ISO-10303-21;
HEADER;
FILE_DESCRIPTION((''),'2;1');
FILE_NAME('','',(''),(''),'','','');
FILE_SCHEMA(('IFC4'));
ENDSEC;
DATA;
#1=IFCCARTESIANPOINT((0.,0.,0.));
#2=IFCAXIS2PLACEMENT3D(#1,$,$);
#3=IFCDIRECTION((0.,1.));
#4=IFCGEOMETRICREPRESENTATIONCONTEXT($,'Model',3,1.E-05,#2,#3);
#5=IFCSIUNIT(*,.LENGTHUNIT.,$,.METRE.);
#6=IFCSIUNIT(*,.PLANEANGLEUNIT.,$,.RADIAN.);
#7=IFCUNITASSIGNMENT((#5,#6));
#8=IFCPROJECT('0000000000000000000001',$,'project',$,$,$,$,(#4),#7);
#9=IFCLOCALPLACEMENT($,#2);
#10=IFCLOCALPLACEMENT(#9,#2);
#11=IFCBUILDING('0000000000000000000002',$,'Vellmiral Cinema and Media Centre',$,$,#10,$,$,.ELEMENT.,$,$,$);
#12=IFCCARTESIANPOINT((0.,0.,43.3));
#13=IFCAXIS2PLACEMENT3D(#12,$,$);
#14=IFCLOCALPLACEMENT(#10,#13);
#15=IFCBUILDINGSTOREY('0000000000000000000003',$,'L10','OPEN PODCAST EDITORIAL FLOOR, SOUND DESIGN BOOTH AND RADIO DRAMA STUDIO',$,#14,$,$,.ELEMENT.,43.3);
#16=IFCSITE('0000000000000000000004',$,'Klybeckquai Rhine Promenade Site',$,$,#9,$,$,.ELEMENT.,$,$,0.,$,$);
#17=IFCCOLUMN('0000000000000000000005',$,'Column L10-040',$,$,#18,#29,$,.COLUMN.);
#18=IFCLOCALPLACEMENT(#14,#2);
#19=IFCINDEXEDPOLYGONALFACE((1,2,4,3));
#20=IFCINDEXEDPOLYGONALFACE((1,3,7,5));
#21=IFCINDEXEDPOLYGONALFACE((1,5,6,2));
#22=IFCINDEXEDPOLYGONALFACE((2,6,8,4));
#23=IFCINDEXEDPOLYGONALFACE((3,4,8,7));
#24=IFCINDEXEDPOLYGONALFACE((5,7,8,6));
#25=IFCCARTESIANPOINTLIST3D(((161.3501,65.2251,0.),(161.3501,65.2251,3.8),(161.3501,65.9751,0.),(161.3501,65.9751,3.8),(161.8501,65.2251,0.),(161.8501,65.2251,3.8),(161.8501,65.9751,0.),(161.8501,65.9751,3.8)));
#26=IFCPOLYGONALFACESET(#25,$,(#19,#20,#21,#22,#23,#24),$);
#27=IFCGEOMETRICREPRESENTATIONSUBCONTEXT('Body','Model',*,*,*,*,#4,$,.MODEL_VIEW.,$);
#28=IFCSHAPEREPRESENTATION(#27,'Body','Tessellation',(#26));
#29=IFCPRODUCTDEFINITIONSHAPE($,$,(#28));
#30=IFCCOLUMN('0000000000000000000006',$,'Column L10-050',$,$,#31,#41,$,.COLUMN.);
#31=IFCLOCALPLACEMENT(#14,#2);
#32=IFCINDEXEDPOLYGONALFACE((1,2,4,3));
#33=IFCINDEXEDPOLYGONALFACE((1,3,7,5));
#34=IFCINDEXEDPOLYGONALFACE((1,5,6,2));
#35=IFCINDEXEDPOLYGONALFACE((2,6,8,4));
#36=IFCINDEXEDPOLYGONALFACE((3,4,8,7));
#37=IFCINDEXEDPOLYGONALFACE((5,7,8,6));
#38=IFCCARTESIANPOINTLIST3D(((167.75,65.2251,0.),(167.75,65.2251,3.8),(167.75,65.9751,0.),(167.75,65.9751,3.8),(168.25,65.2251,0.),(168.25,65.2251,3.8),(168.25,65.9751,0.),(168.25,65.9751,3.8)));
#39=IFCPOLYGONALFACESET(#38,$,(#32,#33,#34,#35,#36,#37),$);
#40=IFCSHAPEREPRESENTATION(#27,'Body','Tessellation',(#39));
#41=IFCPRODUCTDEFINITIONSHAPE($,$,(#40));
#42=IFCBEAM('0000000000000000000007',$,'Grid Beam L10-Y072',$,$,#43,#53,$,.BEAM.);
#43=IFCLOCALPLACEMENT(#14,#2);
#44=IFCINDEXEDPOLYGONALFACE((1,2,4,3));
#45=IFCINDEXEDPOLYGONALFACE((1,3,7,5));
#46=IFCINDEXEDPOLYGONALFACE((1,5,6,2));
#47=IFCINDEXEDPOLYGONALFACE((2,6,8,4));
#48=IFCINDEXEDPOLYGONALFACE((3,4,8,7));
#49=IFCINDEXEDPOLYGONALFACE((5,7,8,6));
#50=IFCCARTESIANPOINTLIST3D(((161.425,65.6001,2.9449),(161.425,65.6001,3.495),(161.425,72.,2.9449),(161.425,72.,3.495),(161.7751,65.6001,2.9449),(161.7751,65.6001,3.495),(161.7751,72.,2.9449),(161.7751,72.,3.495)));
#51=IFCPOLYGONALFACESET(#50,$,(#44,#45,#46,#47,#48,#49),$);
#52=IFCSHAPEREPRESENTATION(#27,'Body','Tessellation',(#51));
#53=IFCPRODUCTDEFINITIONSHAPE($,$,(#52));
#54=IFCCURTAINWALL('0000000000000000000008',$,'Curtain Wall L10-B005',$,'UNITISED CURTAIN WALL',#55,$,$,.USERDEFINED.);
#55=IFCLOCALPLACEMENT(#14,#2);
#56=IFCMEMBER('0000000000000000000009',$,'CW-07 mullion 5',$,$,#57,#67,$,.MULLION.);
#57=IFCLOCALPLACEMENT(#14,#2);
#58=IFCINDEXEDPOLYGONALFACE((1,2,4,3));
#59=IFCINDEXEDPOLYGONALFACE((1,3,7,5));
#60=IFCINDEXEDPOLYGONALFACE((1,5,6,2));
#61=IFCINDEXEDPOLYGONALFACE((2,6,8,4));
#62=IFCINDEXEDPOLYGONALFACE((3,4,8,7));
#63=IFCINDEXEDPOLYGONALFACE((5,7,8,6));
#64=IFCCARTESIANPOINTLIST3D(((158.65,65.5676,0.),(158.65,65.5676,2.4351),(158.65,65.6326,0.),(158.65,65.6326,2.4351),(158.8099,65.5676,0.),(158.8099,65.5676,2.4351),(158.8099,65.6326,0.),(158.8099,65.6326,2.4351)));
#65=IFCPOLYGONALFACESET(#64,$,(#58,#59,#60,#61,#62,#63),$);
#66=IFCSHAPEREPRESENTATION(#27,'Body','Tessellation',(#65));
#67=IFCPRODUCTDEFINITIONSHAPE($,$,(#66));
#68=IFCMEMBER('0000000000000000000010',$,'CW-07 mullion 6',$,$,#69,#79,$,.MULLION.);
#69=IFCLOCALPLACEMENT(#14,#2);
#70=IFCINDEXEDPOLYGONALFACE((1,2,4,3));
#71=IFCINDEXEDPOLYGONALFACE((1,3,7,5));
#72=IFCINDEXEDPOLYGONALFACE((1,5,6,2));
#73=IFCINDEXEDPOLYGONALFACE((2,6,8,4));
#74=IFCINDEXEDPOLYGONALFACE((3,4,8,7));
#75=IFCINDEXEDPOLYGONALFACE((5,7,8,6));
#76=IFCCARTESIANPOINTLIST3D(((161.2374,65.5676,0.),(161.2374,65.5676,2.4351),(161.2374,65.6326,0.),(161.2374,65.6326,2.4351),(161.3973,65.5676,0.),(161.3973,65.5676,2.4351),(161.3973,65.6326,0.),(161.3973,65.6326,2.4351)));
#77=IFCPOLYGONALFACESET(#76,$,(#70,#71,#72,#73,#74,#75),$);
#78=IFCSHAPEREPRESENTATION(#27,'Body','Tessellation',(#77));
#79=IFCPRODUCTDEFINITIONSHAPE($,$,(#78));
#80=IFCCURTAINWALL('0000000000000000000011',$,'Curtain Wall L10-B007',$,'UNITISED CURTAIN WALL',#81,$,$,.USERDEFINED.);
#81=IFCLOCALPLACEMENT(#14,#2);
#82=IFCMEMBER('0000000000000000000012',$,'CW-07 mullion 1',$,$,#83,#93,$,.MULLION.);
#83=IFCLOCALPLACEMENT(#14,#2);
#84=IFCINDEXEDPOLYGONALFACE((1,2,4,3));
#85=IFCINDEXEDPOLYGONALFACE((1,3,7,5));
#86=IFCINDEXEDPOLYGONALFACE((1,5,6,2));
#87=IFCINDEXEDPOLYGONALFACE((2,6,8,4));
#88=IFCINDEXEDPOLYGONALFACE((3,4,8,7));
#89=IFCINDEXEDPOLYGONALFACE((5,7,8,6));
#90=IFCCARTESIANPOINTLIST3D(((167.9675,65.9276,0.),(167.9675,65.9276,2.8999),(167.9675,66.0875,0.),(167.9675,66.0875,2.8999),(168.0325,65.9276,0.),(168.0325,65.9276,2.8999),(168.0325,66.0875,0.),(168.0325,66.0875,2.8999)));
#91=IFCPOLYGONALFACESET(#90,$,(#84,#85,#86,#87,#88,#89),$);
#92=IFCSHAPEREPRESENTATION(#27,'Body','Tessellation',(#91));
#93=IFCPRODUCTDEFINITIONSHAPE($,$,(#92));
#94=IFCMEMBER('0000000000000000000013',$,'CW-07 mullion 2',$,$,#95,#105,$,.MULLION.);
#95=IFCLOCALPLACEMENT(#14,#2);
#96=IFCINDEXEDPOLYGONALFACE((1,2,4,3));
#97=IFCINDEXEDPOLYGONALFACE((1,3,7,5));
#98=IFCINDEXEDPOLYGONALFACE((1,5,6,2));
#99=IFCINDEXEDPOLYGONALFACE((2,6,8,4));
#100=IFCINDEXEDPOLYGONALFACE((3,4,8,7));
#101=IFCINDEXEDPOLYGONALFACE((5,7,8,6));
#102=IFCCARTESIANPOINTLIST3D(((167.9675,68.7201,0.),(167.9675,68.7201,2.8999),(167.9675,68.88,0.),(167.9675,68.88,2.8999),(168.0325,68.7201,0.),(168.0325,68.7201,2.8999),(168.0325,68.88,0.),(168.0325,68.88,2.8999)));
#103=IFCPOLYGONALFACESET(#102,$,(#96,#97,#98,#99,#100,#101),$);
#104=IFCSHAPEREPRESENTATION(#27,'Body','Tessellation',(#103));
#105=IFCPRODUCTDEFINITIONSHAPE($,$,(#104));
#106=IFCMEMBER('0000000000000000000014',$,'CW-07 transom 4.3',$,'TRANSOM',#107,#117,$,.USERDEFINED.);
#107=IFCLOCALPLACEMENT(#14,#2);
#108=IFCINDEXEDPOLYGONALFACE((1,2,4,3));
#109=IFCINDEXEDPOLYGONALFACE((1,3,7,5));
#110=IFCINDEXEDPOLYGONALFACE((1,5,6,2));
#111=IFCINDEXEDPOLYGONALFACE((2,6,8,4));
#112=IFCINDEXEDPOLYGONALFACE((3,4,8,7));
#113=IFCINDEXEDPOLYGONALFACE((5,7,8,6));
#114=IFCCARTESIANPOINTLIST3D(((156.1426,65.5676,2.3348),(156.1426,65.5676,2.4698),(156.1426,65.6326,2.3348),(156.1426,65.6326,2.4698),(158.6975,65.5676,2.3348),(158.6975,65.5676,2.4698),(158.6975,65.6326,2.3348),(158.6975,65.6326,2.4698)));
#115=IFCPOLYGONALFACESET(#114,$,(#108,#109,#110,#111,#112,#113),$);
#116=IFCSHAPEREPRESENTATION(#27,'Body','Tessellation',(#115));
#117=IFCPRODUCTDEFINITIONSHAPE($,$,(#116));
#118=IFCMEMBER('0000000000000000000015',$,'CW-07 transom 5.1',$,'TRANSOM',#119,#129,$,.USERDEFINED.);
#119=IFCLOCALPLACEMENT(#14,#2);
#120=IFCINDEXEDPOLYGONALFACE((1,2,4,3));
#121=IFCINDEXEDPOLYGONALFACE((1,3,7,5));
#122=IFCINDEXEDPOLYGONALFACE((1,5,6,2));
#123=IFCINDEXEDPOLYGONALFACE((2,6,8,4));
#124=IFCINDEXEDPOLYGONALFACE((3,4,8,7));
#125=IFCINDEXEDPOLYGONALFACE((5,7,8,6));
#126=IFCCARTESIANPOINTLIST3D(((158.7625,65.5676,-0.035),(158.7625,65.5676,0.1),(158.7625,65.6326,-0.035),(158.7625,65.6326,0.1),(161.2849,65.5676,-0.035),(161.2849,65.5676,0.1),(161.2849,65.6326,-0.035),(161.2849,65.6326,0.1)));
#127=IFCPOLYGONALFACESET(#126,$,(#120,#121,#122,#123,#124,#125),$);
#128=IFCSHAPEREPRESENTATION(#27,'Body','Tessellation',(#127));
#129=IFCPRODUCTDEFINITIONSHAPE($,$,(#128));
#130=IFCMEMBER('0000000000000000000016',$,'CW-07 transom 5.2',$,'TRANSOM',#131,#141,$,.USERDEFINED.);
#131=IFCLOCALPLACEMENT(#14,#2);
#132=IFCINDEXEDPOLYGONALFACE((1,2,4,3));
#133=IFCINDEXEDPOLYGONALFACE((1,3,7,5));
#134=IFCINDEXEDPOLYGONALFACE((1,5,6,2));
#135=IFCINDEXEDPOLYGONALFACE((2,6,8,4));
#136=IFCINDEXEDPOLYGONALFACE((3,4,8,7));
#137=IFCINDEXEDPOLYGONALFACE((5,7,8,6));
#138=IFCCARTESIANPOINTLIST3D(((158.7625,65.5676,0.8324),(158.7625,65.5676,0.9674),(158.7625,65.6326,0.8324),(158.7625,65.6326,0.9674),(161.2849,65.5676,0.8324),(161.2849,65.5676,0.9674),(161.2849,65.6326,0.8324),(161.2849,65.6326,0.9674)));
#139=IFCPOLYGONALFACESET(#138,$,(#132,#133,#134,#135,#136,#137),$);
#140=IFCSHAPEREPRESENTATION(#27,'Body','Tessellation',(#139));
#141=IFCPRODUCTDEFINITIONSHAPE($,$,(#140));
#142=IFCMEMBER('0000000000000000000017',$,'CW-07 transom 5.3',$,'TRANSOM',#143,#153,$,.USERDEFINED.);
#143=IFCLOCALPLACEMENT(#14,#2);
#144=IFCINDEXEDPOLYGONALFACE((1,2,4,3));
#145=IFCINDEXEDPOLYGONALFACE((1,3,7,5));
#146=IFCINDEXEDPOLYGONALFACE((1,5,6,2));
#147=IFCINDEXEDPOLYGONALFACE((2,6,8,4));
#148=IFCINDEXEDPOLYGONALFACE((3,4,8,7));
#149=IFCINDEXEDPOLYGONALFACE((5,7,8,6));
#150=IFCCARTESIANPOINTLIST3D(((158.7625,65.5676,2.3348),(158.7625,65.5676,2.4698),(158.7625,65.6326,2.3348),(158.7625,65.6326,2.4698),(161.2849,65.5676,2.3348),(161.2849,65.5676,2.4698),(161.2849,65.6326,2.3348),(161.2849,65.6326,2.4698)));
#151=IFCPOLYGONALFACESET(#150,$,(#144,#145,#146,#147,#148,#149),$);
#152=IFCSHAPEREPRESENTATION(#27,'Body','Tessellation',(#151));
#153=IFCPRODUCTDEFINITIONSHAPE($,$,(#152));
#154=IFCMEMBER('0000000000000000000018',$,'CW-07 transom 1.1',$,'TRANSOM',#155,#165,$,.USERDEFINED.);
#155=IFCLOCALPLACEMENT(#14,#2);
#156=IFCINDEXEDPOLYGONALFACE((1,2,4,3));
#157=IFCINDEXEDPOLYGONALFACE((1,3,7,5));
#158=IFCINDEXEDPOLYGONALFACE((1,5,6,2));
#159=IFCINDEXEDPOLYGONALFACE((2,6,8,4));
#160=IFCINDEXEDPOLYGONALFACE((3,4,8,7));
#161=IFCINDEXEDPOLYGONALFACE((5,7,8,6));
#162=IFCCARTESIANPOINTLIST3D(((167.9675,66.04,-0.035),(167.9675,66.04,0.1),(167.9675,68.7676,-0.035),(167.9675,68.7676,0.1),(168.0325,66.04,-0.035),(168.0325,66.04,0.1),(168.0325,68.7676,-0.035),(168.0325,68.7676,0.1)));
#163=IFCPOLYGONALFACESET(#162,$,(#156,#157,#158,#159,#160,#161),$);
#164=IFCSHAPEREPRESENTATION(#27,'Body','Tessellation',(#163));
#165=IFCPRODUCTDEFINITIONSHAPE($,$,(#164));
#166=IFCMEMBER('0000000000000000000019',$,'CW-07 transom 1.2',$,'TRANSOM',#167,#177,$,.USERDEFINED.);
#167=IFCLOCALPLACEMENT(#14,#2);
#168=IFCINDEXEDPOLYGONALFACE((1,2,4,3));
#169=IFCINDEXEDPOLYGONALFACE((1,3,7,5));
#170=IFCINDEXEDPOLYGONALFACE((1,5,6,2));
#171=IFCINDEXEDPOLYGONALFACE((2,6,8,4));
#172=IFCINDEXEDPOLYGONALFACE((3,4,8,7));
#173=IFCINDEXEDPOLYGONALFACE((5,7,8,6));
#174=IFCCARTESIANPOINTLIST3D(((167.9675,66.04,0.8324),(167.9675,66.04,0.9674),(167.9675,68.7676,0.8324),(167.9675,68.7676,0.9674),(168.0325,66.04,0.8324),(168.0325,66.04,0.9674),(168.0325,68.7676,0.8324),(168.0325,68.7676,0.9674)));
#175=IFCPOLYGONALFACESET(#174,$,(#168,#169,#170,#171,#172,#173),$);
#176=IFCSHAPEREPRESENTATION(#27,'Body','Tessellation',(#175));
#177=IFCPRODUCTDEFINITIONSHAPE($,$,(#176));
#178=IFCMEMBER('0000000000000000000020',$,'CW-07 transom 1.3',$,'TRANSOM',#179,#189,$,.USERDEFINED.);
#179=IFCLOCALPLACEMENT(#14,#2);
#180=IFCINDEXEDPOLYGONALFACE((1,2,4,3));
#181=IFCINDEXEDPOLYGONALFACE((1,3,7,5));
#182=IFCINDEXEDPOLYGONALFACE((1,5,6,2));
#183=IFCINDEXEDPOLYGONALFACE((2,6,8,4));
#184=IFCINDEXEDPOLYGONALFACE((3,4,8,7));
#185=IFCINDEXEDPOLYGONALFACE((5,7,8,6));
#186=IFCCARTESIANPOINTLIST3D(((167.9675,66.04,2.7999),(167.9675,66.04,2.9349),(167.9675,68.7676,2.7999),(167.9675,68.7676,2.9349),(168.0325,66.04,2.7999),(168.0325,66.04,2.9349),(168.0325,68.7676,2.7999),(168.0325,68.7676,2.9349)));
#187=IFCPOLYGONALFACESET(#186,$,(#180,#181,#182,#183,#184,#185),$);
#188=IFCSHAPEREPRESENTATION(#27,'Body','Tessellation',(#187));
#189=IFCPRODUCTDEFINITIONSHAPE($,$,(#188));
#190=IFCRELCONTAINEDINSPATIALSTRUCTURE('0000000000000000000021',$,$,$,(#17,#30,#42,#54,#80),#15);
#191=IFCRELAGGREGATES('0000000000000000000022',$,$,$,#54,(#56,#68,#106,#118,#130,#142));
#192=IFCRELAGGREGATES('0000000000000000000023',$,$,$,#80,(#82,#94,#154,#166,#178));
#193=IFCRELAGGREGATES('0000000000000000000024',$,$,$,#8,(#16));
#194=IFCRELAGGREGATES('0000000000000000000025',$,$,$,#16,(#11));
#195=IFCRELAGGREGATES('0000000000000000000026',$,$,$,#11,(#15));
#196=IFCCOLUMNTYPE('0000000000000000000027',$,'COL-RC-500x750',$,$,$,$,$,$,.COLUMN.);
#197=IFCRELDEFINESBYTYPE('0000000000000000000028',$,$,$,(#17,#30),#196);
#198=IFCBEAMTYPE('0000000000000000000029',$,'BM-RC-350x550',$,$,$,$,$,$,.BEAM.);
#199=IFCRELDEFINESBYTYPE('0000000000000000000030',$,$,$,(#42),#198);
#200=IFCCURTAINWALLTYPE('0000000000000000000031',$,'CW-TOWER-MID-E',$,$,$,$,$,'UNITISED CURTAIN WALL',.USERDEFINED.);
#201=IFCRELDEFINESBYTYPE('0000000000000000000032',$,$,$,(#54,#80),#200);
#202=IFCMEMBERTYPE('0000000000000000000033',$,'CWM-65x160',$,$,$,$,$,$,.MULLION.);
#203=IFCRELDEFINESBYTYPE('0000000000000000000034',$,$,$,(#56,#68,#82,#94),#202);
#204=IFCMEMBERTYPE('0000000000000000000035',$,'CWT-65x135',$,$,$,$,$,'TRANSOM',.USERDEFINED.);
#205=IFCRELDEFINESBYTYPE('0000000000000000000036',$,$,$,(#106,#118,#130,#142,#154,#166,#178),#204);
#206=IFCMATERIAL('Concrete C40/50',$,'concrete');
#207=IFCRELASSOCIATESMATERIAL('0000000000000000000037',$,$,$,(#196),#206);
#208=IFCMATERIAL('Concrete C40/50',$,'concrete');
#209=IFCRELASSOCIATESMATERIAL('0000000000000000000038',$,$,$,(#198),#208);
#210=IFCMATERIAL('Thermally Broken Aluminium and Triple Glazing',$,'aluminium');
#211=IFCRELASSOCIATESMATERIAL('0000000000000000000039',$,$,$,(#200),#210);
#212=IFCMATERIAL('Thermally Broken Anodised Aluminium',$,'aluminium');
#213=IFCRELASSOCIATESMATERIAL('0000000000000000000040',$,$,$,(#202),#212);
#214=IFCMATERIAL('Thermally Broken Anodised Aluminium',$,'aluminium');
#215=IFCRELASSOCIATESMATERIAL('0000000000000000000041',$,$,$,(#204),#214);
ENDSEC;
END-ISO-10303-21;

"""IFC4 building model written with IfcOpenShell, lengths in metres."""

from ifc_helpers import new_model, si_unit, direction, frame, origin, origin_2d, place, context, subcontext, project, spatial, rectangle, extrude, material, material_profile, profile_set, type_object, element, aggregate, save


model = new_model("IFC4")

# Units and contexts
model_context = context("Model", 3, precision=1e-05, world=origin(), true_north=direction((0.0, 1.0)))
body_context = subcontext(model_context, "Body", "Model", "MODEL_VIEW")
ifc_project = project(units=[si_unit("LENGTHUNIT", "METRE"), si_unit("PLANEANGLEUNIT", "RADIAN")], contexts=[model_context])

# Site, building, storey
site_placement = place(None, origin())
site = spatial("IfcSite", under=ifc_project, at=site_placement, Name="Klybeckquai Rhine Promenade Site", CompositionType="ELEMENT", RefElevation=0.0)
building_placement = place(site_placement, origin())
building = spatial("IfcBuilding", under=site, at=building_placement, Name="Vellmiral Cinema and Media Centre", CompositionType="ELEMENT")
storey_placement = place(building_placement, frame((0.0, 0.0, 43.3)))
storey = spatial("IfcBuildingStorey", under=building, at=storey_placement, Name="L10", Description="OPEN PODCAST EDITORIAL FLOOR, SOUND DESIGN BOOTH AND RADIO DRAMA STUDIO", CompositionType="ELEMENT", Elevation=43.3)

# Columns
ifc_material_1 = material(Name="Concrete C40/50", Category="concrete")
ifc_material_profile_1 = material_profile(ifc_material_1, rectangle(XDim=0.5, YDim=0.75, at=origin_2d()), Name="RC 500x750")
ifc_profile_set_1 = profile_set([ifc_material_profile_1], Name="Concrete C40/50")
column_type = type_object("IfcColumnType", Name="COL-RC-500x750", PredefinedType="COLUMN", material=ifc_profile_set_1)
for number, where, z_axis, x_axis, name in (
    (1, (161.6001, 65.6001, 0.0), (0.0, 0.0, 1.0), (1.0, 0.0, 0.0), "Column L10-040"),
    (2, (168.0, 65.6001, 0.0), (0.0, 0.0, 1.0), (1.0, 0.0, 0.0), "Column L10-050"),
):
    element("IfcColumn", number, at=place(storey_placement, frame(where, z_axis=z_axis, x_axis=x_axis)), inside=storey, type_object=column_type, Name=name, PredefinedType="COLUMN", context=body_context, shape_type="SweptSolid", body=[
        extrude(rectangle(XDim=0.5, YDim=0.75, at=origin_2d()), origin(), (0.0, 0.0, 1.0), 3.8),
    ])

# Beam
ifc_material_2 = material(Name="Concrete C40/50", Category="concrete")
ifc_material_profile_2 = material_profile(ifc_material_2, rectangle(XDim=0.3501, YDim=0.55, at=origin_2d()), Name="RC 350x550")
ifc_profile_set_2 = profile_set([ifc_material_profile_2], Name="Concrete C40/50")
beam_type_1 = type_object("IfcBeamType", Name="BM-RC-350x550", PredefinedType="BEAM", material=ifc_profile_set_2)
beam_1_placement = place(storey_placement, frame((161.6001, 65.6001, 3.22), z_axis=(0.0, 1.0, 0.0), x_axis=(-1.0, 0.0, 0.0)))
element("IfcBeam", 3, at=beam_1_placement, inside=storey, type_object=beam_type_1, Name="Grid Beam L10-Y072", PredefinedType="BEAM", context=body_context, shape_type="SweptSolid", body=[
    extrude(rectangle(XDim=0.3501, YDim=0.55, at=origin_2d()), origin(), (0.0, 0.0, 1.0), 6.3999),
])

# Curtain walls, members
ifc_material_3 = material(Name="Thermally Broken Aluminium and Triple Glazing", Category="aluminium")
curtain_wall_type = type_object("IfcCurtainWallType", Name="CW-TOWER-MID-E", ElementType="UNITISED CURTAIN WALL", PredefinedType="USERDEFINED", material=ifc_material_3)
curtain_wall_1_placement = place(storey_placement, origin())
curtain_wall_1 = element("IfcCurtainWall", 4, at=curtain_wall_1_placement, inside=storey, type_object=curtain_wall_type, Name="Curtain Wall L10-B005", ObjectType="UNITISED CURTAIN WALL", PredefinedType="USERDEFINED")
ifc_material_4 = material(Name="Thermally Broken Anodised Aluminium", Category="aluminium")
ifc_material_profile_3 = material_profile(ifc_material_4, rectangle(XDim=0.0649, YDim=0.1599, at=origin_2d()), Name="MULL 65x160")
ifc_profile_set_3 = profile_set([ifc_material_profile_3], Name="Thermally Broken Anodised Aluminium")
member_type_1 = type_object("IfcMemberType", Name="CWM-65x160", PredefinedType="MULLION", material=ifc_profile_set_3)
member_1_placement = place(storey_placement, frame((158.73, 65.6001, 0.0), z_axis=(0.0, 0.0, 1.0), x_axis=(0.0, 1.0, 0.0)))
member_1 = element("IfcMember", 5, at=member_1_placement, type_object=member_type_1, Name="CW-07 mullion 5", PredefinedType="MULLION", context=body_context, shape_type="SweptSolid", body=[
    extrude(rectangle(XDim=0.0649, YDim=0.1599, at=origin_2d()), origin(), (0.0, 0.0, 1.0), 2.4351),
])
member_2_placement = place(storey_placement, frame((161.3174, 65.6001, 0.0), z_axis=(0.0, 0.0, 1.0), x_axis=(0.0, 1.0, 0.0)))
member_2 = element("IfcMember", 6, at=member_2_placement, type_object=member_type_1, Name="CW-07 mullion 6", PredefinedType="MULLION", context=body_context, shape_type="SweptSolid", body=[
    extrude(rectangle(XDim=0.0649, YDim=0.1599, at=origin_2d()), origin(), (0.0, 0.0, 1.0), 2.4351),
])
curtain_wall_2_placement = place(storey_placement, origin())
curtain_wall_2 = element("IfcCurtainWall", 7, at=curtain_wall_2_placement, inside=storey, type_object=curtain_wall_type, Name="Curtain Wall L10-B007", ObjectType="UNITISED CURTAIN WALL", PredefinedType="USERDEFINED")
member_3_placement = place(storey_placement, frame((168.0, 66.0076, 0.0), z_axis=(0.0, 0.0, 1.0), x_axis=(-1.0, 0.0, 0.0)))
member_3 = element("IfcMember", 8, at=member_3_placement, type_object=member_type_1, Name="CW-07 mullion 1", PredefinedType="MULLION", context=body_context, shape_type="SweptSolid", body=[
    extrude(rectangle(XDim=0.0649, YDim=0.1599, at=origin_2d()), origin(), (0.0, 0.0, 1.0), 2.8999),
])
member_4_placement = place(storey_placement, frame((168.0, 68.8, 0.0), z_axis=(0.0, 0.0, 1.0), x_axis=(-1.0, 0.0, 0.0)))
member_4 = element("IfcMember", 9, at=member_4_placement, type_object=member_type_1, Name="CW-07 mullion 2", PredefinedType="MULLION", context=body_context, shape_type="SweptSolid", body=[
    extrude(rectangle(XDim=0.0649, YDim=0.1599, at=origin_2d()), origin(), (0.0, 0.0, 1.0), 2.8999),
])

# Members
ifc_material_5 = material(Name="Thermally Broken Anodised Aluminium", Category="aluminium")
ifc_material_profile_4 = material_profile(ifc_material_5, rectangle(XDim=0.0649, YDim=0.135, at=origin_2d()), Name="MULL 65x135")
ifc_profile_set_4 = profile_set([ifc_material_profile_4], Name="Thermally Broken Anodised Aluminium")
member_type_2 = type_object("IfcMemberType", Name="CWT-65x135", ElementType="TRANSOM", PredefinedType="USERDEFINED", material=ifc_profile_set_4)
member_5_placement = place(storey_placement, frame((156.1426, 65.6001, 2.4023), z_axis=(1.0, 0.0, 0.0), x_axis=(0.0, 1.0, 0.0)))
member_5 = element("IfcMember", 10, at=member_5_placement, type_object=member_type_2, Name="CW-07 transom 4.3", ObjectType="TRANSOM", PredefinedType="USERDEFINED", context=body_context, shape_type="SweptSolid", body=[
    extrude(rectangle(XDim=0.0649, YDim=0.135, at=origin_2d()), origin(), (0.0, 0.0, 1.0), 2.5549),
])
member_6_placement = place(storey_placement, frame((158.7625, 65.6001, 0.0325), z_axis=(1.0, 0.0, 0.0), x_axis=(0.0, 1.0, 0.0)))
member_6 = element("IfcMember", 11, at=member_6_placement, type_object=member_type_2, Name="CW-07 transom 5.1", ObjectType="TRANSOM", PredefinedType="USERDEFINED", context=body_context, shape_type="SweptSolid", body=[
    extrude(rectangle(XDim=0.0649, YDim=0.135, at=origin_2d()), origin(), (0.0, 0.0, 1.0), 2.5225),
])
member_7_placement = place(storey_placement, frame((158.7625, 65.6001, 0.8999), z_axis=(1.0, 0.0, 0.0), x_axis=(0.0, 1.0, 0.0)))
member_7 = element("IfcMember", 12, at=member_7_placement, type_object=member_type_2, Name="CW-07 transom 5.2", ObjectType="TRANSOM", PredefinedType="USERDEFINED", context=body_context, shape_type="SweptSolid", body=[
    extrude(rectangle(XDim=0.0649, YDim=0.135, at=origin_2d()), origin(), (0.0, 0.0, 1.0), 2.5225),
])
member_8_placement = place(storey_placement, frame((158.7625, 65.6001, 2.4023), z_axis=(1.0, 0.0, 0.0), x_axis=(0.0, 1.0, 0.0)))
member_8 = element("IfcMember", 13, at=member_8_placement, type_object=member_type_2, Name="CW-07 transom 5.3", ObjectType="TRANSOM", PredefinedType="USERDEFINED", context=body_context, shape_type="SweptSolid", body=[
    extrude(rectangle(XDim=0.0649, YDim=0.135, at=origin_2d()), origin(), (0.0, 0.0, 1.0), 2.5225),
])
member_9_placement = place(storey_placement, frame((168.0, 66.04, 0.0325), z_axis=(0.0, 1.0, 0.0), x_axis=(-1.0, 0.0, 0.0)))
member_9 = element("IfcMember", 14, at=member_9_placement, type_object=member_type_2, Name="CW-07 transom 1.1", ObjectType="TRANSOM", PredefinedType="USERDEFINED", context=body_context, shape_type="SweptSolid", body=[
    extrude(rectangle(XDim=0.0649, YDim=0.135, at=origin_2d()), origin(), (0.0, 0.0, 1.0), 2.7275),
])
member_10_placement = place(storey_placement, frame((168.0, 66.04, 0.8999), z_axis=(0.0, 1.0, 0.0), x_axis=(-1.0, 0.0, 0.0)))
member_10 = element("IfcMember", 15, at=member_10_placement, type_object=member_type_2, Name="CW-07 transom 1.2", ObjectType="TRANSOM", PredefinedType="USERDEFINED", context=body_context, shape_type="SweptSolid", body=[
    extrude(rectangle(XDim=0.0649, YDim=0.135, at=origin_2d()), origin(), (0.0, 0.0, 1.0), 2.7275),
])
member_11_placement = place(storey_placement, frame((168.0, 66.04, 2.8674), z_axis=(0.0, 1.0, 0.0), x_axis=(-1.0, 0.0, 0.0)))
member_11 = element("IfcMember", 16, at=member_11_placement, type_object=member_type_2, Name="CW-07 transom 1.3", ObjectType="TRANSOM", PredefinedType="USERDEFINED", context=body_context, shape_type="SweptSolid", body=[
    extrude(rectangle(XDim=0.0649, YDim=0.135, at=origin_2d()), origin(), (0.0, 0.0, 1.0), 2.7275),
])

aggregate(curtain_wall_1, [member_1, member_2, member_5, member_6, member_7, member_8])
aggregate(curtain_wall_2, [member_3, member_4, member_9, member_10, member_11])

save(model, "model.ifc")
